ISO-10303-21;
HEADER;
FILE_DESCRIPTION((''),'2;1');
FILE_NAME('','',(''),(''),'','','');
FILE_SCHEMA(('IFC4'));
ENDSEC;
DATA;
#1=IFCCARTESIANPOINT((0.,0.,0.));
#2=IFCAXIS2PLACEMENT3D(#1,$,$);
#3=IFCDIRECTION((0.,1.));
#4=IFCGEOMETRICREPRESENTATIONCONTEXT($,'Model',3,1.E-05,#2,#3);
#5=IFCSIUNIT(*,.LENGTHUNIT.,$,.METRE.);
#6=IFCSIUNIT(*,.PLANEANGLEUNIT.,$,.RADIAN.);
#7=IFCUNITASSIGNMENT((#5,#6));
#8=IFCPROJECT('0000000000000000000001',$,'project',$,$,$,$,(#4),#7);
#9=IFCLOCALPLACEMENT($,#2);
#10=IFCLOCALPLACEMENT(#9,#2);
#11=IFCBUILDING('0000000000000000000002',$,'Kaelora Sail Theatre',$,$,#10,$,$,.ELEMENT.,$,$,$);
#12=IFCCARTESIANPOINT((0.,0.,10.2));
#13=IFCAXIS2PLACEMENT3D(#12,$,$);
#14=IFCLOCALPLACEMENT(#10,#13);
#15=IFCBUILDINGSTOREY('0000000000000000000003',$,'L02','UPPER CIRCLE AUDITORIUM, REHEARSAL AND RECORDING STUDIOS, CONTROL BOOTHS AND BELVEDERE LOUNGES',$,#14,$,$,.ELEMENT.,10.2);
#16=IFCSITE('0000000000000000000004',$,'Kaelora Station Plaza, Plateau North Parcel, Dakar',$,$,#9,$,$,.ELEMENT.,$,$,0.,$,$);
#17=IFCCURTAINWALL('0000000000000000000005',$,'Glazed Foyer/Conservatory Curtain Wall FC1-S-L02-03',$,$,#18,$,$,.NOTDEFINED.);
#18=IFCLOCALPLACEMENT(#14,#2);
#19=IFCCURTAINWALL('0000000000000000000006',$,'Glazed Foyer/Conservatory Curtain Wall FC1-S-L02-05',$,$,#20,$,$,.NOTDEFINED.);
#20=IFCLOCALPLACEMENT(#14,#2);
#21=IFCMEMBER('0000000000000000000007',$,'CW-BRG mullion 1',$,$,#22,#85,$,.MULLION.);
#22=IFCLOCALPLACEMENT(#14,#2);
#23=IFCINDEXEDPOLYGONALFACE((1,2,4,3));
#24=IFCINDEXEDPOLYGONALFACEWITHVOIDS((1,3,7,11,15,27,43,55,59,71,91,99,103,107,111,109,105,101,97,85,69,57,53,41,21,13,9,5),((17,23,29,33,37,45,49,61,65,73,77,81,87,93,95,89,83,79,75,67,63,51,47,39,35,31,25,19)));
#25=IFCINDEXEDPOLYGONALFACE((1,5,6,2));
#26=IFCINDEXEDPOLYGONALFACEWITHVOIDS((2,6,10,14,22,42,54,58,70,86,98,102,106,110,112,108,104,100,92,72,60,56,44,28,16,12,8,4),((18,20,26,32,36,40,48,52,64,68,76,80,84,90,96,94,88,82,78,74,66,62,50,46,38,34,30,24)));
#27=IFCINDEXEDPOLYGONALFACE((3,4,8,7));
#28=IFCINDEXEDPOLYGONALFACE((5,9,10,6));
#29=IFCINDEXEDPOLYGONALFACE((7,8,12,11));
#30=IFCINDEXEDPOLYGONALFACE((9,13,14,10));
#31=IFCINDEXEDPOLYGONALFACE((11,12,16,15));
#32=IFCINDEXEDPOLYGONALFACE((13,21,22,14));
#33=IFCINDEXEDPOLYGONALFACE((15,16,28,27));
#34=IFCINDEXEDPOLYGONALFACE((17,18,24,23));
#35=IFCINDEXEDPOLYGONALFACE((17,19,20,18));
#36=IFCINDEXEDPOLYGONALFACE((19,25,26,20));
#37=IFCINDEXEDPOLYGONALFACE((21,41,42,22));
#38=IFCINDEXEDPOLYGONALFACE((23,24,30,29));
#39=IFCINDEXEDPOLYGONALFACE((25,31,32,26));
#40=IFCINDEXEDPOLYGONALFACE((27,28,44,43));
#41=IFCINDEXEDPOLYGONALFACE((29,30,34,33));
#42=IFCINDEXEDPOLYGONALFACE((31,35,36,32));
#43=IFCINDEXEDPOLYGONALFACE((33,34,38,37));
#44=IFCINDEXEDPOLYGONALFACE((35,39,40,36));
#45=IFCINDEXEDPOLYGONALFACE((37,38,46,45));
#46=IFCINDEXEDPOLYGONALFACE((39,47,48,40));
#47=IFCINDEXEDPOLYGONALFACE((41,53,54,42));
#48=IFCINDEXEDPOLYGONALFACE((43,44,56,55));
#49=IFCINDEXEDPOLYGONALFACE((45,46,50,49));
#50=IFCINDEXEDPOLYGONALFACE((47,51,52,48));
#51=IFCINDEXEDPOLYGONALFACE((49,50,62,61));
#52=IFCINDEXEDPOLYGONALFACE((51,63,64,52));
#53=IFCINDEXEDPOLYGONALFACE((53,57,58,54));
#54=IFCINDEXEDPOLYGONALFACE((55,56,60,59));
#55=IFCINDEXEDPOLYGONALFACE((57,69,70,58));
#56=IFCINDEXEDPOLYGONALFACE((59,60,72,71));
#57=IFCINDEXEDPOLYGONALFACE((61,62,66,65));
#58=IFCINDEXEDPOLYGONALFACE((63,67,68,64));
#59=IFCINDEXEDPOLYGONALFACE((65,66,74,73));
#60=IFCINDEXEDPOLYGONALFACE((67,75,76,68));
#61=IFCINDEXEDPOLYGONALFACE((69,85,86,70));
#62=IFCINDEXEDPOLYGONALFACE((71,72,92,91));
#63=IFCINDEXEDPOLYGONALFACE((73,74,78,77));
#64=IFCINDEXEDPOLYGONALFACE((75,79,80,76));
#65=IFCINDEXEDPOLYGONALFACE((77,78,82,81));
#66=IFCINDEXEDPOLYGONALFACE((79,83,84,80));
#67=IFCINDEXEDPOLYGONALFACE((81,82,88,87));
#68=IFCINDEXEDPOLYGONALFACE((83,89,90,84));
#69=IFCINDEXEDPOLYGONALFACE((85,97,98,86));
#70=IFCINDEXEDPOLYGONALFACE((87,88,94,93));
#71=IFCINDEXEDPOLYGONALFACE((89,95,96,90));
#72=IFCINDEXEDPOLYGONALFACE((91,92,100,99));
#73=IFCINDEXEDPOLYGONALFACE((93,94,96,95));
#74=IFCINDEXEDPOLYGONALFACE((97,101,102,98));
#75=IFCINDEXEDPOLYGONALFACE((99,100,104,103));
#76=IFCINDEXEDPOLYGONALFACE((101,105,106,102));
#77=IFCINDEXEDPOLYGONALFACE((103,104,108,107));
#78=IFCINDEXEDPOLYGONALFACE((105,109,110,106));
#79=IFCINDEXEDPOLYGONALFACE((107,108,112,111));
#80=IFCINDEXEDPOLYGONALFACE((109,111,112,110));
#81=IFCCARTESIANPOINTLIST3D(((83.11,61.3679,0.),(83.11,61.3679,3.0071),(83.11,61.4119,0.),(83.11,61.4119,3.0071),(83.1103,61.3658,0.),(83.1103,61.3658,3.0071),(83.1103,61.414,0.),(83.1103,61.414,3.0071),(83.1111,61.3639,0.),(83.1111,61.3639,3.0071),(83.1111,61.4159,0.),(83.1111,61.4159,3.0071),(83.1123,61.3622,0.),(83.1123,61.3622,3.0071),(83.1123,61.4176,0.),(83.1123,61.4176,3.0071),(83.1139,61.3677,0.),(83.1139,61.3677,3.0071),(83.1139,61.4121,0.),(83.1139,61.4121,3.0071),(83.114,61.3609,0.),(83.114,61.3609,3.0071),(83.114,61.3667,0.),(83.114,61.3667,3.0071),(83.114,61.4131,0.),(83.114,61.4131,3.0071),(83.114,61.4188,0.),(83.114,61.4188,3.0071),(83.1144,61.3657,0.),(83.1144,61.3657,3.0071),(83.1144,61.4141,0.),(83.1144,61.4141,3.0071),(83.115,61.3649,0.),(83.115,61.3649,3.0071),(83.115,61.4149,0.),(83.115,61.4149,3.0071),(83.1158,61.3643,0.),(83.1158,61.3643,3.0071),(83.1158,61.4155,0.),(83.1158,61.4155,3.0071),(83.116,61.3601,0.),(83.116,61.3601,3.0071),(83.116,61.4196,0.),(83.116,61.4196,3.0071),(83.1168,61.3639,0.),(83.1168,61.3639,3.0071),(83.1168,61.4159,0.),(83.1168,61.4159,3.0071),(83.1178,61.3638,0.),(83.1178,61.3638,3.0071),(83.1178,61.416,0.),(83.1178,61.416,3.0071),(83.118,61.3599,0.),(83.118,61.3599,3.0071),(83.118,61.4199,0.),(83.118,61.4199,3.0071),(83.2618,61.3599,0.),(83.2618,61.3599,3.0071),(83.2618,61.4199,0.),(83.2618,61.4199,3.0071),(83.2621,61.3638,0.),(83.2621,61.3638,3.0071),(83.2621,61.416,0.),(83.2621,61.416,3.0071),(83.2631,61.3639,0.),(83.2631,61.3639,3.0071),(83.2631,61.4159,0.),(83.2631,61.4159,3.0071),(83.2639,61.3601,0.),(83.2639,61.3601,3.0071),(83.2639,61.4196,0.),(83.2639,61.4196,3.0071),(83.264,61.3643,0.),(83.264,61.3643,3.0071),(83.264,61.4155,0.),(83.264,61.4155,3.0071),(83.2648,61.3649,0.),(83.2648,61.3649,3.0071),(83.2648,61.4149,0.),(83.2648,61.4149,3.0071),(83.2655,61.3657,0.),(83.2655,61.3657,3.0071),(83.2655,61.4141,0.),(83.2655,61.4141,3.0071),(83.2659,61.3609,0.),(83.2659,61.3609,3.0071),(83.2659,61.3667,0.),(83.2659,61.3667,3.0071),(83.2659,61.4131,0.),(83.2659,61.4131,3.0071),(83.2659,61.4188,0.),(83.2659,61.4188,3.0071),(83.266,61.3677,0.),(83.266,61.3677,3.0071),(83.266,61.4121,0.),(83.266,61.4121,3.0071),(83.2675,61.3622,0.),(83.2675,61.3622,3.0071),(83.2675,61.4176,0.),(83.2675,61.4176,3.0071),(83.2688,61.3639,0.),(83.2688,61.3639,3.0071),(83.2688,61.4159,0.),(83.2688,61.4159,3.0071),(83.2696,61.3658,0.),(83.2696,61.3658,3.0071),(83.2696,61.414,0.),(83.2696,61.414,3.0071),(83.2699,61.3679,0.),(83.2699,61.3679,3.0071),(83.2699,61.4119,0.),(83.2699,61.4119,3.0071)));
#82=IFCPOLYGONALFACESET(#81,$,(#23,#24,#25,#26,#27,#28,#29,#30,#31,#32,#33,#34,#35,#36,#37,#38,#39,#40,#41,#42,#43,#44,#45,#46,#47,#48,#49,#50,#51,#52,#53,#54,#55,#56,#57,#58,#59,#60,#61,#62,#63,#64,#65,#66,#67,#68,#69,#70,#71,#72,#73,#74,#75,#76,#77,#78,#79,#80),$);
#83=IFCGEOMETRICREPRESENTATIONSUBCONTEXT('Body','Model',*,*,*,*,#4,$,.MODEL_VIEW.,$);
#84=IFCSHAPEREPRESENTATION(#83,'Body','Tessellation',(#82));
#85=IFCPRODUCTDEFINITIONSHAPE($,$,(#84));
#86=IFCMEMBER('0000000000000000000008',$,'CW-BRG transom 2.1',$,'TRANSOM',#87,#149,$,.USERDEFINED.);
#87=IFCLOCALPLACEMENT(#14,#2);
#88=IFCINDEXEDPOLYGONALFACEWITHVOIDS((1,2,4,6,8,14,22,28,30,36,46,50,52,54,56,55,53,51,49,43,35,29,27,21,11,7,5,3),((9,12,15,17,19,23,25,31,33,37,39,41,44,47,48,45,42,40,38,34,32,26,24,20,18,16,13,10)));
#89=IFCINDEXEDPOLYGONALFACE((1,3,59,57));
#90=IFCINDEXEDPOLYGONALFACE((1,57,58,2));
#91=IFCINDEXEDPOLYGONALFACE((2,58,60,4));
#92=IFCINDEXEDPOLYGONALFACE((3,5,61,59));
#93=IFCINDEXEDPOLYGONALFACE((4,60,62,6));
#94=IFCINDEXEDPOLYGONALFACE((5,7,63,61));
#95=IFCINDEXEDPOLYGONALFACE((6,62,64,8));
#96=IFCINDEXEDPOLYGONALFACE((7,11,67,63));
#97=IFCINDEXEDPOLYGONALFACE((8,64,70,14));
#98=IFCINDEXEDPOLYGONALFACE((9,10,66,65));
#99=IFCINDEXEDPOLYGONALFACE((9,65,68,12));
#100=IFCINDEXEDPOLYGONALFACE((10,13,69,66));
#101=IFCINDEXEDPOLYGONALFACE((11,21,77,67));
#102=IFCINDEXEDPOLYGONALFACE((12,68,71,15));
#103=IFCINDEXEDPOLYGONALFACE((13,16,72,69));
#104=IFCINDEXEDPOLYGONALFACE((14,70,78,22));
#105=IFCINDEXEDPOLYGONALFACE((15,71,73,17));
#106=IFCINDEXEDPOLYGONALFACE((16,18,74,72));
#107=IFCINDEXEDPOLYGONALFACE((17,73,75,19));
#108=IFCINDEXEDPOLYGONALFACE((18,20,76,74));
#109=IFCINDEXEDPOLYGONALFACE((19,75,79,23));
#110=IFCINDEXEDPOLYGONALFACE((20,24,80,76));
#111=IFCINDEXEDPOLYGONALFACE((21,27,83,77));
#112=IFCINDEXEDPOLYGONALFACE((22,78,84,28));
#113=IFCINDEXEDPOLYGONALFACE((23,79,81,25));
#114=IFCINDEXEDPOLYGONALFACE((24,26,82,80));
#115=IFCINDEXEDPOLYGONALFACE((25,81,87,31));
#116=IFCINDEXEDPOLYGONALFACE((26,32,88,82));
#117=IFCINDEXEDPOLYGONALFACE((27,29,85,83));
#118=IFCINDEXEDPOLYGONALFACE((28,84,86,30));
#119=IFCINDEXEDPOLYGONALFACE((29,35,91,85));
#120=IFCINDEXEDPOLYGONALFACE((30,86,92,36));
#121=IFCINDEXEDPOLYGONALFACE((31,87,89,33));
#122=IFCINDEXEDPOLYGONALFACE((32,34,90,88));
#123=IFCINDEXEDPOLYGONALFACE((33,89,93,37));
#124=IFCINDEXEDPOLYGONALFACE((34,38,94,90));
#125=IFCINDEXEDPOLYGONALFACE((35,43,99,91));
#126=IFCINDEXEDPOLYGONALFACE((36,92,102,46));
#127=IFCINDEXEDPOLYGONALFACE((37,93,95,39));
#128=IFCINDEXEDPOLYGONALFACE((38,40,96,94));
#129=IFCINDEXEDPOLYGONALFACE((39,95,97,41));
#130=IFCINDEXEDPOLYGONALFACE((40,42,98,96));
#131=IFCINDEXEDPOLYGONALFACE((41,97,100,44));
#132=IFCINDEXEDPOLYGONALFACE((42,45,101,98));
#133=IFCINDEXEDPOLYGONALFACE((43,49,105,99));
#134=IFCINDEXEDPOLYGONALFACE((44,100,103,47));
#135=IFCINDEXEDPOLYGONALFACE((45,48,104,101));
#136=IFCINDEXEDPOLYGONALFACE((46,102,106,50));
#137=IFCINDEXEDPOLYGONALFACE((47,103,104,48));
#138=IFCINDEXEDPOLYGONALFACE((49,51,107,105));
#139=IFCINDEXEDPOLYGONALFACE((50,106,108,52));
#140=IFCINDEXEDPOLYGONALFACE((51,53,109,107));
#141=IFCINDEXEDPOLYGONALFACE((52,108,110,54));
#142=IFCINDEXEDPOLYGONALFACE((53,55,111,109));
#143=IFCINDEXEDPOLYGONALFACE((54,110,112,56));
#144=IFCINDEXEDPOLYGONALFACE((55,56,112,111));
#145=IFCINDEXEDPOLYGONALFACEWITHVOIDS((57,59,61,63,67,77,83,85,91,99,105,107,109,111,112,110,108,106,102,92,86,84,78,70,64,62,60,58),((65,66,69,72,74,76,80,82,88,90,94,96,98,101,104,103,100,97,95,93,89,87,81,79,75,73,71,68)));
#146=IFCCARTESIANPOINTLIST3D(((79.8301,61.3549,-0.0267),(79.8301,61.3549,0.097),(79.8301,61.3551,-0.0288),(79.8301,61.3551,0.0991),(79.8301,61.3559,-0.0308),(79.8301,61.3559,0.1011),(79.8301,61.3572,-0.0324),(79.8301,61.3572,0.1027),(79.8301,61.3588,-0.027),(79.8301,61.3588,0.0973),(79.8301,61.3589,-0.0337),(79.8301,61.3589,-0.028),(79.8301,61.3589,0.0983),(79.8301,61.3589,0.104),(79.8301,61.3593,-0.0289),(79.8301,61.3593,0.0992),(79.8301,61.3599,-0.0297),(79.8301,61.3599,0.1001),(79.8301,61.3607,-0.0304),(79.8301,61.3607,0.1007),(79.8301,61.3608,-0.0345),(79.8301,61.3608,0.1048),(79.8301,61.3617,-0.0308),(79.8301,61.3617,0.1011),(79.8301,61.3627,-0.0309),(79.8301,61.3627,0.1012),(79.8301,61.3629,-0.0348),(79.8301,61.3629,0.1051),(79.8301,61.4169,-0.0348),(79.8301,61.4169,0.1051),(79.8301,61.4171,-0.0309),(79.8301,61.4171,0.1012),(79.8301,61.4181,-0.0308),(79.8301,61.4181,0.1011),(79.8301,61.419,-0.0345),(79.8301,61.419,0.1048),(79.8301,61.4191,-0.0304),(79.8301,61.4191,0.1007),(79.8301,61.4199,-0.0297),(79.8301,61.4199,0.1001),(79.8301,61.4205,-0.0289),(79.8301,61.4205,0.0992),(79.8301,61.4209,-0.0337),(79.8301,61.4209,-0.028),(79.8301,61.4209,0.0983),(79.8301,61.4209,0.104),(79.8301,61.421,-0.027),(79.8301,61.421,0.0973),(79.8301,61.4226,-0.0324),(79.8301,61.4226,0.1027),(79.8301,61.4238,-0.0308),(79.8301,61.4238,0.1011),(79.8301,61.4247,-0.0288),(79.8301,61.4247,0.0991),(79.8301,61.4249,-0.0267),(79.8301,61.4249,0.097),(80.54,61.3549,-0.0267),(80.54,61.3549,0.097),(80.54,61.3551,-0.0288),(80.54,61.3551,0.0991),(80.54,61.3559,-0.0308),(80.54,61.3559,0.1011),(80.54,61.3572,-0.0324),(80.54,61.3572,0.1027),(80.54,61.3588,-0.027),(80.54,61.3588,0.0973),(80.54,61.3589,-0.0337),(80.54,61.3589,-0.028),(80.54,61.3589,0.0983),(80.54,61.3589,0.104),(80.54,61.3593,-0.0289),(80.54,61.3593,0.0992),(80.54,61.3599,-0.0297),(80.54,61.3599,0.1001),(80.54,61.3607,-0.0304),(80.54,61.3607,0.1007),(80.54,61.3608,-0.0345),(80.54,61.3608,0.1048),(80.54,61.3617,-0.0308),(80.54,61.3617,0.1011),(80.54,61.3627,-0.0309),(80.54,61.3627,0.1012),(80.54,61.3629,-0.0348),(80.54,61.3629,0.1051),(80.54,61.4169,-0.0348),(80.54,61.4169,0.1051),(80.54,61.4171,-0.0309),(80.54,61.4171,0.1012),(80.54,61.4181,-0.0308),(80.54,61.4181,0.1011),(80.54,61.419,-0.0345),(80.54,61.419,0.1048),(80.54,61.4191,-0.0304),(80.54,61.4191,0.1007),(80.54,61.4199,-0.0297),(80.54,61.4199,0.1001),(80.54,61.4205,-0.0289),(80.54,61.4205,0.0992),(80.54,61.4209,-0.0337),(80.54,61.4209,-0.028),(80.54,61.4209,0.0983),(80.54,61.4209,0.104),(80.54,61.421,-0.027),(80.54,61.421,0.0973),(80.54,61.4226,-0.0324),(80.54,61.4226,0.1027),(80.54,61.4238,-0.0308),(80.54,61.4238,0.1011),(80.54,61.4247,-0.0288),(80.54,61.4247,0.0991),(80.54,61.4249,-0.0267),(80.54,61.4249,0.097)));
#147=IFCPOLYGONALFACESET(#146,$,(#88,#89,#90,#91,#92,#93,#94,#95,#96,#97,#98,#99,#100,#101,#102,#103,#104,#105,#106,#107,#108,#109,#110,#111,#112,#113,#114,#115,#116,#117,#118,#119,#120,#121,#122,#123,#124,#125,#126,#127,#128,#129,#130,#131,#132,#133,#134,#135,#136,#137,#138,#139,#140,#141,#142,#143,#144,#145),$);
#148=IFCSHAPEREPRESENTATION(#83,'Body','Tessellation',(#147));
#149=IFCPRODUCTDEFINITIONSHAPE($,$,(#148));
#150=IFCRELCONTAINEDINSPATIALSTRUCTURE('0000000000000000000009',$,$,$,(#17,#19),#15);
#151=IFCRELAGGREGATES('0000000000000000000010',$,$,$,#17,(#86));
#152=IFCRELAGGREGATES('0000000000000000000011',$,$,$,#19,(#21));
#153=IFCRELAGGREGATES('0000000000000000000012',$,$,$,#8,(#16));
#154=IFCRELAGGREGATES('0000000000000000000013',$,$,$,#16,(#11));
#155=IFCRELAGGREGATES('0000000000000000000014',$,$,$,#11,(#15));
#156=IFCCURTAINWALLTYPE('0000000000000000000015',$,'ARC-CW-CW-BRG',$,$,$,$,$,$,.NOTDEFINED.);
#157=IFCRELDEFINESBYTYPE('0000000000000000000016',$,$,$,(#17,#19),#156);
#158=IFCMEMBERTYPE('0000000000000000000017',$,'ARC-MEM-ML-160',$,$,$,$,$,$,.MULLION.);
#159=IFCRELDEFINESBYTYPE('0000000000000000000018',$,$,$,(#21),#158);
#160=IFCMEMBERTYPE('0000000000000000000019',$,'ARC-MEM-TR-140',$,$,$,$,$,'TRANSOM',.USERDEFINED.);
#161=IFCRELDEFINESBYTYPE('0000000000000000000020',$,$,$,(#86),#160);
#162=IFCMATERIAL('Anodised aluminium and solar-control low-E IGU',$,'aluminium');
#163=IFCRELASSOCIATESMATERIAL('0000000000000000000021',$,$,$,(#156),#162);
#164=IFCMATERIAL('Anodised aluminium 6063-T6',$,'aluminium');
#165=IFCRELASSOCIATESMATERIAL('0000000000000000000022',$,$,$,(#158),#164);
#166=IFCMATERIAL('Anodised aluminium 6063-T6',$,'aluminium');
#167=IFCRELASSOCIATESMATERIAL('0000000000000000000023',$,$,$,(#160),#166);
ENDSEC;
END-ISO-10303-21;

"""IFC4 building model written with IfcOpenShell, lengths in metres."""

from ifc_helpers import new_model, si_unit, direction, frame, origin, origin_2d, place, context, subcontext, project, spatial, hollow_rectangle, extrude, material, material_profile, profile_set, type_object, element, aggregate, save


model = new_model("IFC4")

# Units and contexts
model_context = context("Model", 3, precision=1e-05, world=origin(), true_north=direction((0.0, 1.0)))
body_context = subcontext(model_context, "Body", "Model", "MODEL_VIEW")
ifc_project = project(units=[si_unit("LENGTHUNIT", "METRE"), si_unit("PLANEANGLEUNIT", "RADIAN")], contexts=[model_context])

# Site, building, storey
site_placement = place(None, origin())
site = spatial("IfcSite", under=ifc_project, at=site_placement, Name="Kaelora Station Plaza, Plateau North Parcel, Dakar", CompositionType="ELEMENT", RefElevation=0.0)
building_placement = place(site_placement, origin())
building = spatial("IfcBuilding", under=site, at=building_placement, Name="Kaelora Sail Theatre", CompositionType="ELEMENT")
storey_placement = place(building_placement, frame((0.0, 0.0, 10.2)))
storey = spatial("IfcBuildingStorey", under=building, at=storey_placement, Name="L02", Description="UPPER CIRCLE AUDITORIUM, REHEARSAL AND RECORDING STUDIOS, CONTROL BOOTHS AND BELVEDERE LOUNGES", CompositionType="ELEMENT", Elevation=10.2)

# Curtain wall
ifc_material_1 = material(Name="Anodised aluminium and solar-control low-E IGU", Category="aluminium")
curtain_wall_type = type_object("IfcCurtainWallType", Name="ARC-CW-CW-BRG", PredefinedType="NOTDEFINED", material=ifc_material_1)
curtain_wall_1_placement = place(storey_placement, origin())
curtain_wall_1 = element("IfcCurtainWall", 1, at=curtain_wall_1_placement, inside=storey, type_object=curtain_wall_type, Name="Glazed Foyer/Conservatory Curtain Wall FC1-S-L02-03", PredefinedType="NOTDEFINED")
ifc_material_2 = material(Name="Anodised aluminium 6063-T6", Category="aluminium")
ifc_material_profile_1 = material_profile(ifc_material_2, hollow_rectangle(XDim=0.0601, YDim=0.1599, WallThickness=0.0039, InnerFilletRadius=0.0039, OuterFilletRadius=0.0081, at=origin_2d()), Name="ALU-MULL 60x160x4")
ifc_profile_set_1 = profile_set([ifc_material_profile_1], Name="Anodised aluminium 6063-T6")
member_type_1 = type_object("IfcMemberType", Name="ARC-MEM-ML-160", PredefinedType="MULLION", material=ifc_profile_set_1)

# Curtain wall, member
curtain_wall_2_placement = place(storey_placement, origin())
curtain_wall_2 = element("IfcCurtainWall", 2, at=curtain_wall_2_placement, inside=storey, type_object=curtain_wall_type, Name="Glazed Foyer/Conservatory Curtain Wall FC1-S-L02-05", PredefinedType="NOTDEFINED")
member_1_placement = place(storey_placement, frame((83.1899, 61.3899, 0.0), z_axis=(0.0, 0.0, 1.0), x_axis=(0.0, 1.0, 0.0)))
member_1 = element("IfcMember", 3, at=member_1_placement, type_object=member_type_1, Name="CW-BRG mullion 1", PredefinedType="MULLION", context=body_context, shape_type="SweptSolid", body=[
    extrude(hollow_rectangle(XDim=0.0601, YDim=0.1599, WallThickness=0.0039, InnerFilletRadius=0.0039, OuterFilletRadius=0.0081, at=origin_2d()), origin(), (0.0, 0.0, 1.0), 3.0071),
])

# Member
ifc_material_3 = material(Name="Anodised aluminium 6063-T6", Category="aluminium")
ifc_material_profile_2 = material_profile(ifc_material_3, hollow_rectangle(XDim=0.0701, YDim=0.1399, WallThickness=0.0039, InnerFilletRadius=0.0039, OuterFilletRadius=0.0081, at=origin_2d()), Name="ALU-TRAN 70x140x4")
ifc_profile_set_2 = profile_set([ifc_material_profile_2], Name="Anodised aluminium 6063-T6")
member_type_2 = type_object("IfcMemberType", Name="ARC-MEM-TR-140", ElementType="TRANSOM", PredefinedType="USERDEFINED", material=ifc_profile_set_2)
member_2_placement = place(storey_placement, frame((79.8301, 61.3899, 0.0352), z_axis=(1.0, 0.0, 0.0), x_axis=(0.0, 1.0, 0.0)))
member_2 = element("IfcMember", 4, at=member_2_placement, type_object=member_type_2, Name="CW-BRG transom 2.1", ObjectType="TRANSOM", PredefinedType="USERDEFINED", context=body_context, shape_type="SweptSolid", body=[
    extrude(hollow_rectangle(XDim=0.0701, YDim=0.1399, WallThickness=0.0039, InnerFilletRadius=0.0039, OuterFilletRadius=0.0081, at=origin_2d()), origin(), (0.0, 0.0, 1.0), 0.71),
])

aggregate(curtain_wall_1, [member_2])
aggregate(curtain_wall_2, [member_1])

save(model, "model.ifc")
